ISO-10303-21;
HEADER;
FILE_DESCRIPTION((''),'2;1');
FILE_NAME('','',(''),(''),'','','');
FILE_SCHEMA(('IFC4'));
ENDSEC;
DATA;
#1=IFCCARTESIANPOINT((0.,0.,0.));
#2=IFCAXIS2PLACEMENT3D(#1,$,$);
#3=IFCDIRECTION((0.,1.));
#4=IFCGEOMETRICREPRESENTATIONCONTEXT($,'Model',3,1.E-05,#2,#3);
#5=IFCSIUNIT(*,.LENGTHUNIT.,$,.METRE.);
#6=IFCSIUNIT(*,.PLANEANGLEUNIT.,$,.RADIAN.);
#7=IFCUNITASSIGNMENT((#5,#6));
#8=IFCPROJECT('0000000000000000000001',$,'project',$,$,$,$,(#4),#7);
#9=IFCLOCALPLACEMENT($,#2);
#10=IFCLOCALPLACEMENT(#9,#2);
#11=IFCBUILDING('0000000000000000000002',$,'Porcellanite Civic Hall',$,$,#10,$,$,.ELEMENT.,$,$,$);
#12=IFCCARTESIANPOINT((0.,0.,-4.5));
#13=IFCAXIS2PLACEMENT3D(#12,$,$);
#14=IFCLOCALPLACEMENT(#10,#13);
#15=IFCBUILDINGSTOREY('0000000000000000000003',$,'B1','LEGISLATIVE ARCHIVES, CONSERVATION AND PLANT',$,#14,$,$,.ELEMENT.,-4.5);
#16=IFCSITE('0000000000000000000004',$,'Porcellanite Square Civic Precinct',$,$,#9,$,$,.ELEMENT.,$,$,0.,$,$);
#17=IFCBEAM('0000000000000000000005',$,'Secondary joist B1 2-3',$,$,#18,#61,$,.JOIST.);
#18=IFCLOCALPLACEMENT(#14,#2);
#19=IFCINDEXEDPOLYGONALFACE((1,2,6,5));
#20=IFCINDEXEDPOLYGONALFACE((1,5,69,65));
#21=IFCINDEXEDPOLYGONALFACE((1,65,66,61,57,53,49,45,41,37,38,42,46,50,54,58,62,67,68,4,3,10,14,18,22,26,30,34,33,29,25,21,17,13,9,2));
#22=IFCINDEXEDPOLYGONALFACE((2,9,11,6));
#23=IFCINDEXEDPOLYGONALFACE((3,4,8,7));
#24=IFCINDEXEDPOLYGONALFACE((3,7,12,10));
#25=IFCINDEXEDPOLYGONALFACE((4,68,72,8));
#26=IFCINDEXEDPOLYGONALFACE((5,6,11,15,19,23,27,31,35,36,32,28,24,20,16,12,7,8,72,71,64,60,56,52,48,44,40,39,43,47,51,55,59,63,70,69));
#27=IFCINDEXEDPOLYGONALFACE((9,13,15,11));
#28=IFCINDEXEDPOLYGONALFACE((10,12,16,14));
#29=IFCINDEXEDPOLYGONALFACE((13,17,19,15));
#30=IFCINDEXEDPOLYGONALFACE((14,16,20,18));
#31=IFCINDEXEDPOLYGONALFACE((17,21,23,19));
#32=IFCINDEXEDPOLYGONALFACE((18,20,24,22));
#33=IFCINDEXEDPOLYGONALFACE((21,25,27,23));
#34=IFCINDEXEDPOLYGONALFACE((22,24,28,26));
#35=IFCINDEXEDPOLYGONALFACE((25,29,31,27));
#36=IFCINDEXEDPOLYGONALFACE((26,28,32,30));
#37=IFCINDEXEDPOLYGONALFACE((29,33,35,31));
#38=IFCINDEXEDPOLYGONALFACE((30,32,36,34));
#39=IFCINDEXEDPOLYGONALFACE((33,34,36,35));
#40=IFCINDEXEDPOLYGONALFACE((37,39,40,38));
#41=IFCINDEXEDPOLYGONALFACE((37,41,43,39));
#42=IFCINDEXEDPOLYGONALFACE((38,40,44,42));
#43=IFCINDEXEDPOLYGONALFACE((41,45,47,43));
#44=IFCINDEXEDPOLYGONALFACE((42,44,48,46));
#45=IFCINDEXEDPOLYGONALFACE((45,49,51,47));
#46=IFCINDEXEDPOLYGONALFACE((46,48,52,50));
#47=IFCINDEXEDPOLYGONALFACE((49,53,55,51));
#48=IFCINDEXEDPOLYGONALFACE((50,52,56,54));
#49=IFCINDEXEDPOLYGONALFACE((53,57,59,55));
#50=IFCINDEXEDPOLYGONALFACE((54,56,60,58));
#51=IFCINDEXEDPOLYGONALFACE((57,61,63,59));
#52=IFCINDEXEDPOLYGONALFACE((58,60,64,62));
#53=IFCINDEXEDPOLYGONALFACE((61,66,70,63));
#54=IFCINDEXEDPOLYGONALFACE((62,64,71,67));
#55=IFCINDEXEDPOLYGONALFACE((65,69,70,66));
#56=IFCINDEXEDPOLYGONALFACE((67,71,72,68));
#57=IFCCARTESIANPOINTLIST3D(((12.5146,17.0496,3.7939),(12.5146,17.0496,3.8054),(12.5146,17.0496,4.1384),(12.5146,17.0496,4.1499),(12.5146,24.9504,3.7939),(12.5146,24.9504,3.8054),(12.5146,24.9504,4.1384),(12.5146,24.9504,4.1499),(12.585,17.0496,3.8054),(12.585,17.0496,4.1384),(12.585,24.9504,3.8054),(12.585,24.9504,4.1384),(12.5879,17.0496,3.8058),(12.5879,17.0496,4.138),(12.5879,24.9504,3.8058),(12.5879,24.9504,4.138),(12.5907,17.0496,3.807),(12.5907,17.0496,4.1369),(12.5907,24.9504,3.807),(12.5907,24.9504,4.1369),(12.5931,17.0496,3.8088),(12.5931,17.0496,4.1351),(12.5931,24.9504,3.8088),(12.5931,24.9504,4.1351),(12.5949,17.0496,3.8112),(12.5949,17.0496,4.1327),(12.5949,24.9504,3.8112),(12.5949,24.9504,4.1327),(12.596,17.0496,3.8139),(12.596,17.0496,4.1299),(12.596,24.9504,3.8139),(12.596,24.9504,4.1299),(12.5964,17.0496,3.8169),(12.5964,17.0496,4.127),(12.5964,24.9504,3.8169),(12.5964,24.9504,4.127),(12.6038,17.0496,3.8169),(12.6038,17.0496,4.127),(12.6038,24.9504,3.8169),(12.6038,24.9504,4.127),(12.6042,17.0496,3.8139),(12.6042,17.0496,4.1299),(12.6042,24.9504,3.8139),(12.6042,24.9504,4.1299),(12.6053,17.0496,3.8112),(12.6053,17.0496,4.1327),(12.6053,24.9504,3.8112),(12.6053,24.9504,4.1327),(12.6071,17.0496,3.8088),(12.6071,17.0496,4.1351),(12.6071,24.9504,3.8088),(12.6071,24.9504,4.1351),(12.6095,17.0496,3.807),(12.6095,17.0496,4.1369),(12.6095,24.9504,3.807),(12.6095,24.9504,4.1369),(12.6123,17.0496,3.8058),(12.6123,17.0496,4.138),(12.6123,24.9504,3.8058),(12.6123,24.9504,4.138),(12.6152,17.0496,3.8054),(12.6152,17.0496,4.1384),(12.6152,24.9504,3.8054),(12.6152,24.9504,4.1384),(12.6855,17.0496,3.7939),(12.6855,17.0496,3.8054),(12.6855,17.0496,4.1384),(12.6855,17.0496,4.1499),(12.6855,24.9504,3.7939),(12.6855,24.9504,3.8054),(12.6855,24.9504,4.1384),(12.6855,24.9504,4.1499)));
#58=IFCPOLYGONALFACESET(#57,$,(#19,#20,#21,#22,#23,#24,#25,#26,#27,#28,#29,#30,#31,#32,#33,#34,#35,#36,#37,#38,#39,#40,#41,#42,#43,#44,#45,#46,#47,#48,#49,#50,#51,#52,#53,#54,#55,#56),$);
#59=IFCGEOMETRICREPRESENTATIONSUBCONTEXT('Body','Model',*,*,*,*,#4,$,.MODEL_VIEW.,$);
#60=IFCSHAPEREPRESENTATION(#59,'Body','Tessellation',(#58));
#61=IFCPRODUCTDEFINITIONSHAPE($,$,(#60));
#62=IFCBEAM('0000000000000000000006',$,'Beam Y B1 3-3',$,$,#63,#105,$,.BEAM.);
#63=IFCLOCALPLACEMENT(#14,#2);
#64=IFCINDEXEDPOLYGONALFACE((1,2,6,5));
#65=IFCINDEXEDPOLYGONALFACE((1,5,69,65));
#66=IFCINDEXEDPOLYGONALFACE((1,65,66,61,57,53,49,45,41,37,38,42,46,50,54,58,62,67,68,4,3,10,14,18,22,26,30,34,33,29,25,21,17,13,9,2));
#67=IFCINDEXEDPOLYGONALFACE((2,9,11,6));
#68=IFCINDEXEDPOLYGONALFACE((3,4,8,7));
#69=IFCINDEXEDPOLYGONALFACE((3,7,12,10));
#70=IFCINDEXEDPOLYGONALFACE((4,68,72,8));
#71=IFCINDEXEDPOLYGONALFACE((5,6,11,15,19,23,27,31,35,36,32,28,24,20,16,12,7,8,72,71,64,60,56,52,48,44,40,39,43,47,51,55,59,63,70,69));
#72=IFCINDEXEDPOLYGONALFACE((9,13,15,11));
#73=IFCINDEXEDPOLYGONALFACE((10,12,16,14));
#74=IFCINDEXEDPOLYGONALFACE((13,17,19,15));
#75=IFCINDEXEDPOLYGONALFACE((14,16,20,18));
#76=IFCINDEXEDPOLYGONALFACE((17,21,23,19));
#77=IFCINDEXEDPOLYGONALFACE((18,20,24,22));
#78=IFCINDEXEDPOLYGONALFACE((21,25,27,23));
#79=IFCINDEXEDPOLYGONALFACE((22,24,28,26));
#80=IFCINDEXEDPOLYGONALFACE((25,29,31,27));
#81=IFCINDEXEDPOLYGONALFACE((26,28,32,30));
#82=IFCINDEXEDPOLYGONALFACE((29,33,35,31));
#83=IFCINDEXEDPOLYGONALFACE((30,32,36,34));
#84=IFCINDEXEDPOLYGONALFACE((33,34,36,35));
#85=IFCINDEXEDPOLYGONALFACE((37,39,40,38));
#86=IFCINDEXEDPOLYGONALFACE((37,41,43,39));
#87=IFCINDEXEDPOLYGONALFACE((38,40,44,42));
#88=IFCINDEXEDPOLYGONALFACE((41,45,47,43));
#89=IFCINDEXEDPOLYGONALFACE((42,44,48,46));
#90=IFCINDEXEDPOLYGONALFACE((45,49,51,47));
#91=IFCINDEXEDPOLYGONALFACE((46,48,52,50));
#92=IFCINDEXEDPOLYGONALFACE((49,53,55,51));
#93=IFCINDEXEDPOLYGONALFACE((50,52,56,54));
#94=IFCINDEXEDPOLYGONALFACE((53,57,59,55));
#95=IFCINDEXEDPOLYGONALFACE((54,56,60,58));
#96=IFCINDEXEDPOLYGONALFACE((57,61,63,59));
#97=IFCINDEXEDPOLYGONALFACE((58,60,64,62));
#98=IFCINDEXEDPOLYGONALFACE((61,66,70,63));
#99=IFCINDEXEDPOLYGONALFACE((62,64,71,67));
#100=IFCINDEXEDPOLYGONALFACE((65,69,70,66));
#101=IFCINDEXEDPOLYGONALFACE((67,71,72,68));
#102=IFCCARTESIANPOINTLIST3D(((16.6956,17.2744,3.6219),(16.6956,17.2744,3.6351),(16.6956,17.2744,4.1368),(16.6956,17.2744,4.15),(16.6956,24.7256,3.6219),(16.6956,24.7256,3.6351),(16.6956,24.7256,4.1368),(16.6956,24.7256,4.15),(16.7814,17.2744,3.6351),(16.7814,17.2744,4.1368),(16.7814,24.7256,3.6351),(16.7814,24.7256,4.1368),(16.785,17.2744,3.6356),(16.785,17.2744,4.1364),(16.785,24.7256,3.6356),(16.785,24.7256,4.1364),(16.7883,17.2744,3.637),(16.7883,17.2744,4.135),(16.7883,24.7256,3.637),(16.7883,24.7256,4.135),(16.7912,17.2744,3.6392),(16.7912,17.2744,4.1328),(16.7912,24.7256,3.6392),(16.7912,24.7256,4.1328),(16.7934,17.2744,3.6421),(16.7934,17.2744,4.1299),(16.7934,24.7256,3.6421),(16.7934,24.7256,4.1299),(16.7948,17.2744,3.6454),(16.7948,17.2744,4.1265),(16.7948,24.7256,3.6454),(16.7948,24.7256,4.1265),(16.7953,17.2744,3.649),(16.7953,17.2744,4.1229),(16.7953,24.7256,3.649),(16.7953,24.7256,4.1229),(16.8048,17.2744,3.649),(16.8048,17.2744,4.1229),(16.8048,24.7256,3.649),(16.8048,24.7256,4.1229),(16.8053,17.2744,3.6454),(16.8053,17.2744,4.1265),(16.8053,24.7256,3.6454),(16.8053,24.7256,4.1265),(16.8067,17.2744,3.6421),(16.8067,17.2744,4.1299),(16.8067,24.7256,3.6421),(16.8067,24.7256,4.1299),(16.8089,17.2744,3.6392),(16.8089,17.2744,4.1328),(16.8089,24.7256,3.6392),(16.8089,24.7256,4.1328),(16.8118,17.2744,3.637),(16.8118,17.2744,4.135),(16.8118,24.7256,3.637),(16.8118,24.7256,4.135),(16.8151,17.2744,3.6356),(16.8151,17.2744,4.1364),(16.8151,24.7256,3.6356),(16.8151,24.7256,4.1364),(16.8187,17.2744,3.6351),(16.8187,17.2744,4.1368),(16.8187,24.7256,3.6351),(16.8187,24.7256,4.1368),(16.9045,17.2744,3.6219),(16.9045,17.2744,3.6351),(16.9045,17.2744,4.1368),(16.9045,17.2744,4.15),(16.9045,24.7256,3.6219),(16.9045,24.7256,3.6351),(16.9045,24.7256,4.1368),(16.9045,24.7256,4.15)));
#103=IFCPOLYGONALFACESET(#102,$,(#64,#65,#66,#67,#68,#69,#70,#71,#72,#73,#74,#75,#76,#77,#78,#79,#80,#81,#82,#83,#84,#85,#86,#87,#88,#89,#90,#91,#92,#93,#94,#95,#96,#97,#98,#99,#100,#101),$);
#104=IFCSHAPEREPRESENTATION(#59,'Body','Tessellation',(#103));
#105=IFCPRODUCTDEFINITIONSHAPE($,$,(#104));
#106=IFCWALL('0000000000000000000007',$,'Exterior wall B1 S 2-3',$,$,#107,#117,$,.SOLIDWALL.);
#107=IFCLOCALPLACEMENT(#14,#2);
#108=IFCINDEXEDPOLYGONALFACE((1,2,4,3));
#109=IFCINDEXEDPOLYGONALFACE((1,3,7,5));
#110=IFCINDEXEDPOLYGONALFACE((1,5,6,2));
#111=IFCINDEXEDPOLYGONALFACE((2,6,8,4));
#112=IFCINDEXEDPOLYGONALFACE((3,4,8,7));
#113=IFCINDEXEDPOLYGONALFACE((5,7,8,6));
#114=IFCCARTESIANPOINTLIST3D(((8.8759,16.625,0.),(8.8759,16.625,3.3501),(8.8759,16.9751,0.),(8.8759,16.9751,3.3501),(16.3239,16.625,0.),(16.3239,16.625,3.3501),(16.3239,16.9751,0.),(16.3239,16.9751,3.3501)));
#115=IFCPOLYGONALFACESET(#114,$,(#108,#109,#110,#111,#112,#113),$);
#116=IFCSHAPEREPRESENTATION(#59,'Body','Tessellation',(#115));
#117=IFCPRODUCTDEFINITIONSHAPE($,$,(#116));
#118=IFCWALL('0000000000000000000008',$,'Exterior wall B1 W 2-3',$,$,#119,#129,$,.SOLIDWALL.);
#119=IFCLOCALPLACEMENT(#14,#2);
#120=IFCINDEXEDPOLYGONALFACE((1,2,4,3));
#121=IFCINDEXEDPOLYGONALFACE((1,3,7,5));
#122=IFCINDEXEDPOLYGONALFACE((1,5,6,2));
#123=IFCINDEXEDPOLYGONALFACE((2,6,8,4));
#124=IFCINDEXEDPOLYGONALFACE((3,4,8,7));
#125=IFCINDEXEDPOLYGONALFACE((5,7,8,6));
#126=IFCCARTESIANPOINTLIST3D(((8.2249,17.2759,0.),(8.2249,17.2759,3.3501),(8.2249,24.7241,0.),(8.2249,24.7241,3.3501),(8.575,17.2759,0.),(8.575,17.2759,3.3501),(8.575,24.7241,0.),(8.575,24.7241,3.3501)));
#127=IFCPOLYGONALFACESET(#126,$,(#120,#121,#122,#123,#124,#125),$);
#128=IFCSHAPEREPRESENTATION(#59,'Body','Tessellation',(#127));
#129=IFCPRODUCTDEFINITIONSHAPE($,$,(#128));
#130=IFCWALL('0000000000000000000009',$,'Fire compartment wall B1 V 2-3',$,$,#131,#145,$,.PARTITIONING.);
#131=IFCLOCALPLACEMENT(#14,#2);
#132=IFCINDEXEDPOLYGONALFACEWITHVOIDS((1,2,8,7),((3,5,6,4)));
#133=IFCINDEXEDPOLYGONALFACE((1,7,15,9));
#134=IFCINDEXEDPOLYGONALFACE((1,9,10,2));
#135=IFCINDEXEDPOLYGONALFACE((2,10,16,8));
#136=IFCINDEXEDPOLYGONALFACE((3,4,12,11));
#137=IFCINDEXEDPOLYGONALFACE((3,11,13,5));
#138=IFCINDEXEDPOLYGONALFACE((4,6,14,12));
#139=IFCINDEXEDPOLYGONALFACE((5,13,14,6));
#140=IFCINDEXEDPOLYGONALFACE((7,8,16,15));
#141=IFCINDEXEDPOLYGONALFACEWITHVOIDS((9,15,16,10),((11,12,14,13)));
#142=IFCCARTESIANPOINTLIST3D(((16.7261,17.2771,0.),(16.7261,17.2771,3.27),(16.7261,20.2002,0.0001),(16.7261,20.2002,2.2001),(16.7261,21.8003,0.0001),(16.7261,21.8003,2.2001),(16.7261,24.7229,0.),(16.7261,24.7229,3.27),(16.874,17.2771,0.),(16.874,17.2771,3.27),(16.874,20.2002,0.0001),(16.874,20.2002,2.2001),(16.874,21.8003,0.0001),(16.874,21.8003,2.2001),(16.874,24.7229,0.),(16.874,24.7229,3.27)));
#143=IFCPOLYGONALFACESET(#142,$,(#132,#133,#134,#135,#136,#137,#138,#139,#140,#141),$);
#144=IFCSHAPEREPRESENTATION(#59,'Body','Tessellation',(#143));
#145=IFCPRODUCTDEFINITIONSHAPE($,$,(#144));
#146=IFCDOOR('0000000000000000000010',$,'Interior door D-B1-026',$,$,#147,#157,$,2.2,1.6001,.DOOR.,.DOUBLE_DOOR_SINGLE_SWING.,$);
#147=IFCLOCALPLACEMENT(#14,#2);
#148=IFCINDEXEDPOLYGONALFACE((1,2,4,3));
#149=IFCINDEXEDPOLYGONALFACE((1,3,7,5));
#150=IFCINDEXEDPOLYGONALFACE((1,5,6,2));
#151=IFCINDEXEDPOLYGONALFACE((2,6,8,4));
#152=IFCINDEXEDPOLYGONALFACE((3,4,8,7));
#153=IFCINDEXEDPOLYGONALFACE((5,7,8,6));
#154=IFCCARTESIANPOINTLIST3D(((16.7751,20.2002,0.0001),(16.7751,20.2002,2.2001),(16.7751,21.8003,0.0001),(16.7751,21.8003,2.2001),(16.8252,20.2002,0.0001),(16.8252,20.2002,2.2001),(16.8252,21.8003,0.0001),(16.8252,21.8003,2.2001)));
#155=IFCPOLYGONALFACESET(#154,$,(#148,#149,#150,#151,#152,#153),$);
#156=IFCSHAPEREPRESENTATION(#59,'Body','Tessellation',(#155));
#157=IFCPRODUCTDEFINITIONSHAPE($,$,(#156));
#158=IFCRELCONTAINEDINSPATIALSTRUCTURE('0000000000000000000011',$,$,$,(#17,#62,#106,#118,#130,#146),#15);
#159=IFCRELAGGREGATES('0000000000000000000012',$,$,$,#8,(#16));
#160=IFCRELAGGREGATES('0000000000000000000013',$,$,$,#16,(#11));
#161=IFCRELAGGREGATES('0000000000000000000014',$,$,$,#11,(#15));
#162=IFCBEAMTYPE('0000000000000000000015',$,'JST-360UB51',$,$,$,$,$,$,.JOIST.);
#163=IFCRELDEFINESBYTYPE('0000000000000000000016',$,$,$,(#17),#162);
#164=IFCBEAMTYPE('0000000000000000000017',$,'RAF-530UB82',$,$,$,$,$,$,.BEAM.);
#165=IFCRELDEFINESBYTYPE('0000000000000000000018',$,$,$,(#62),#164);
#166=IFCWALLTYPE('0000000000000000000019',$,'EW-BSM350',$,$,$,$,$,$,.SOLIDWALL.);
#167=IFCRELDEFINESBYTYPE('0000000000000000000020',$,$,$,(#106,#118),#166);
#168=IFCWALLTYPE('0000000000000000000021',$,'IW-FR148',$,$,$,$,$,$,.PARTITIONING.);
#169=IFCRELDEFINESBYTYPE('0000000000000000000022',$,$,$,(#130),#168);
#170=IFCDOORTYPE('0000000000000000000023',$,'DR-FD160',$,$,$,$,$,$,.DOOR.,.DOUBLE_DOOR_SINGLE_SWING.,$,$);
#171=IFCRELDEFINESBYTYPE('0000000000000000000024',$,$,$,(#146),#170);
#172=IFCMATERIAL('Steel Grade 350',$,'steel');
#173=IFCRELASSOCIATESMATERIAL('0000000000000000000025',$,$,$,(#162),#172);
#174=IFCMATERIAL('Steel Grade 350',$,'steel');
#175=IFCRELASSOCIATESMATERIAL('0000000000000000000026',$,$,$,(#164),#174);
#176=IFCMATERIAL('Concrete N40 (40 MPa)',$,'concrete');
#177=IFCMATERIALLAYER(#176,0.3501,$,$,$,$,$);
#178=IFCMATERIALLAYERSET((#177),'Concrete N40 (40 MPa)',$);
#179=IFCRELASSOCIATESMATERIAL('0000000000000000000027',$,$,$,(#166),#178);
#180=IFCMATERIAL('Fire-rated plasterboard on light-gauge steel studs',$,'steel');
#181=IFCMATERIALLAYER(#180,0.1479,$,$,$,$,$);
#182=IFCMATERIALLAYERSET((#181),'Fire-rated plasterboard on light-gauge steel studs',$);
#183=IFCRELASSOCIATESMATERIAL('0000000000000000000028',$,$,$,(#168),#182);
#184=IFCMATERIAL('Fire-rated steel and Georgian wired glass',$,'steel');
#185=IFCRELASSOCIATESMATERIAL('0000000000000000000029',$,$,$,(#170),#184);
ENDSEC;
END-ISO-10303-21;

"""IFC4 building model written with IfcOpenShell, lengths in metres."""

from ifc_helpers import new_model, si_unit, direction, frame, frame_2d, origin, origin_2d, place, context, subcontext, project, spatial, rectangle, i_section, extrude, material, layer, layer_set, material_profile, profile_set, type_object, element, fill, save


model = new_model("IFC4")

# Units and contexts
model_context = context("Model", 3, precision=1e-05, world=origin(), true_north=direction((0.0, 1.0)))
body_context = subcontext(model_context, "Body", "Model", "MODEL_VIEW")
ifc_project = project(units=[si_unit("LENGTHUNIT", "METRE"), si_unit("PLANEANGLEUNIT", "RADIAN")], contexts=[model_context])

# Site, building, storey
site_placement = place(None, origin())
site = spatial("IfcSite", under=ifc_project, at=site_placement, Name="Porcellanite Square Civic Precinct", CompositionType="ELEMENT", RefElevation=0.0)
building_placement = place(site_placement, origin())
building = spatial("IfcBuilding", under=site, at=building_placement, Name="Porcellanite Civic Hall", CompositionType="ELEMENT")
storey_placement = place(building_placement, frame((0.0, 0.0, -4.5)))
storey = spatial("IfcBuildingStorey", under=building, at=storey_placement, Name="B1", Description="LEGISLATIVE ARCHIVES, CONSERVATION AND PLANT", CompositionType="ELEMENT", Elevation=-4.5)

# Beams
ifc_material_1 = material(Name="Steel Grade 350", Category="steel")
ifc_material_profile_1 = material_profile(ifc_material_1, i_section(OverallWidth=0.1709, OverallDepth=0.356, WebThickness=0.0073, FlangeThickness=0.0115, FilletRadius=0.0115, at=origin_2d()), Name="360UB50.7")
ifc_profile_set_1 = profile_set([ifc_material_profile_1], Name="Steel Grade 350")
beam_type_1 = type_object("IfcBeamType", Name="JST-360UB51", PredefinedType="JOIST", material=ifc_profile_set_1)
beam_1_placement = place(storey_placement, frame((12.6001, 17.0496, 3.9719), z_axis=(0.0, 1.0, 0.0), x_axis=(-1.0, 0.0, 0.0)))
element("IfcBeam", 1, at=beam_1_placement, inside=storey, type_object=beam_type_1, Name="Secondary joist B1 2-3", PredefinedType="JOIST", context=body_context, shape_type="SweptSolid", body=[
    extrude(i_section(OverallWidth=0.1709, OverallDepth=0.356, WebThickness=0.0073, FlangeThickness=0.0115, FilletRadius=0.0115, at=origin_2d()), origin(), (0.0, 0.0, 1.0), 7.9009),
])
ifc_material_2 = material(Name="Steel Grade 350", Category="steel")
ifc_material_profile_2 = material_profile(ifc_material_2, i_section(OverallWidth=0.209, OverallDepth=0.5281, WebThickness=0.0095, FlangeThickness=0.0132, FilletRadius=0.0139, at=origin_2d()), Name="530UB82.0")
ifc_profile_set_2 = profile_set([ifc_material_profile_2], Name="Steel Grade 350")
beam_type_2 = type_object("IfcBeamType", Name="RAF-530UB82", PredefinedType="BEAM", material=ifc_profile_set_2)
beam_2_placement = place(storey_placement, frame((16.8, 17.2744, 3.886), z_axis=(0.0, 1.0, 0.0), x_axis=(-1.0, 0.0, 0.0)))
element("IfcBeam", 2, at=beam_2_placement, inside=storey, type_object=beam_type_2, Name="Beam Y B1 3-3", PredefinedType="BEAM", context=body_context, shape_type="SweptSolid", body=[
    extrude(i_section(OverallWidth=0.209, OverallDepth=0.5281, WebThickness=0.0095, FlangeThickness=0.0132, FilletRadius=0.0139, at=origin_2d()), origin(), (0.0, 0.0, 1.0), 7.4512),
])

# Walls
ifc_material_3 = material(Name="Concrete N40 (40 MPa)", Category="concrete")
ifc_layer_1 = layer(ifc_material_3, 0.3501)
ifc_layer_set_1 = layer_set([ifc_layer_1], Name="Concrete N40 (40 MPa)")
wall_type_1 = type_object("IfcWallType", Name="EW-BSM350", PredefinedType="SOLIDWALL", material=ifc_layer_set_1)
wall_1_placement = place(storey_placement, frame((16.324, 16.8, 0.0), z_axis=(0.0, 0.0, 1.0), x_axis=(-1.0, 0.0, 0.0)))
element("IfcWall", 3, at=wall_1_placement, inside=storey, type_object=wall_type_1, Name="Exterior wall B1 S 2-3", PredefinedType="SOLIDWALL", context=body_context, shape_type="SweptSolid", body=[
    extrude(rectangle(XDim=7.448, YDim=0.3501, at=frame_2d((3.7241, 0.0))), origin(), (0.0, 0.0, 1.0), 3.3501),
])
wall_2_placement = place(storey_placement, frame((8.3999, 17.2759, 0.0), z_axis=(0.0, 0.0, 1.0), x_axis=(0.0, 1.0, 0.0)))
element("IfcWall", 4, at=wall_2_placement, inside=storey, type_object=wall_type_1, Name="Exterior wall B1 W 2-3", PredefinedType="SOLIDWALL", context=body_context, shape_type="SweptSolid", body=[
    extrude(rectangle(XDim=7.4482, YDim=0.3501, at=frame_2d((3.7241, 0.0))), origin(), (0.0, 0.0, 1.0), 3.3501),
])

# Wall, opening, door
ifc_material_4 = material(Name="Fire-rated plasterboard on light-gauge steel studs", Category="steel")
ifc_layer_2 = layer(ifc_material_4, 0.1479)
ifc_layer_set_2 = layer_set([ifc_layer_2], Name="Fire-rated plasterboard on light-gauge steel studs")
wall_type_2 = type_object("IfcWallType", Name="IW-FR148", PredefinedType="PARTITIONING", material=ifc_layer_set_2)
wall_3_placement = place(storey_placement, frame((16.8, 17.2771, 0.0), z_axis=(0.0, 0.0, 1.0), x_axis=(0.0, 1.0, 0.0)))
wall_3 = element("IfcWall", 5, at=wall_3_placement, inside=storey, type_object=wall_type_2, Name="Fire compartment wall B1 V 2-3", PredefinedType="PARTITIONING", context=body_context, shape_type="SweptSolid", body=[
    extrude(rectangle(XDim=7.4458, YDim=0.1479, at=frame_2d((3.7229, 0.0))), origin(), (0.0, 0.0, 1.0), 3.27),
])
opening_placement = place(wall_3_placement, frame((2.9231, 0.0, 0.0)))
opening = element("IfcOpeningElement", 6, at=opening_placement, cuts=wall_3, PredefinedType="OPENING", context=body_context, shape_type="SweptSolid", body=[
    extrude(rectangle(XDim=1.6001, YDim=2.2, at=frame_2d((0.8, 1.1001))), frame((0.0, 0.074, 0.0), z_axis=(0.0, -1.0, 0.0), x_axis=(1.0, 0.0, 0.0)), (0.0, 0.0, 1.0), 0.1479),
])
ifc_material_5 = material(Name="Fire-rated steel and Georgian wired glass", Category="steel")
door_type = type_object("IfcDoorType", Name="DR-FD160", OperationType="DOUBLE_DOOR_SINGLE_SWING", PredefinedType="DOOR", material=ifc_material_5)
door_placement = place(opening_placement, origin())
door = element("IfcDoor", 7, at=door_placement, inside=storey, type_object=door_type, Name="Interior door D-B1-026", OperationType="DOUBLE_DOOR_SINGLE_SWING", OverallHeight=2.2, OverallWidth=1.6001, PredefinedType="DOOR", context=body_context, shape_type="SweptSolid", body=[
    extrude(rectangle(XDim=1.6001, YDim=2.2, at=frame_2d((0.8, 1.1001))), frame((0.0, 0.0249, 0.0), z_axis=(0.0, -1.0, 0.0), x_axis=(1.0, 0.0, 0.0)), (0.0, 0.0, 1.0), 0.05),
])
fill(opening, door)

save(model, "model.ifc")
